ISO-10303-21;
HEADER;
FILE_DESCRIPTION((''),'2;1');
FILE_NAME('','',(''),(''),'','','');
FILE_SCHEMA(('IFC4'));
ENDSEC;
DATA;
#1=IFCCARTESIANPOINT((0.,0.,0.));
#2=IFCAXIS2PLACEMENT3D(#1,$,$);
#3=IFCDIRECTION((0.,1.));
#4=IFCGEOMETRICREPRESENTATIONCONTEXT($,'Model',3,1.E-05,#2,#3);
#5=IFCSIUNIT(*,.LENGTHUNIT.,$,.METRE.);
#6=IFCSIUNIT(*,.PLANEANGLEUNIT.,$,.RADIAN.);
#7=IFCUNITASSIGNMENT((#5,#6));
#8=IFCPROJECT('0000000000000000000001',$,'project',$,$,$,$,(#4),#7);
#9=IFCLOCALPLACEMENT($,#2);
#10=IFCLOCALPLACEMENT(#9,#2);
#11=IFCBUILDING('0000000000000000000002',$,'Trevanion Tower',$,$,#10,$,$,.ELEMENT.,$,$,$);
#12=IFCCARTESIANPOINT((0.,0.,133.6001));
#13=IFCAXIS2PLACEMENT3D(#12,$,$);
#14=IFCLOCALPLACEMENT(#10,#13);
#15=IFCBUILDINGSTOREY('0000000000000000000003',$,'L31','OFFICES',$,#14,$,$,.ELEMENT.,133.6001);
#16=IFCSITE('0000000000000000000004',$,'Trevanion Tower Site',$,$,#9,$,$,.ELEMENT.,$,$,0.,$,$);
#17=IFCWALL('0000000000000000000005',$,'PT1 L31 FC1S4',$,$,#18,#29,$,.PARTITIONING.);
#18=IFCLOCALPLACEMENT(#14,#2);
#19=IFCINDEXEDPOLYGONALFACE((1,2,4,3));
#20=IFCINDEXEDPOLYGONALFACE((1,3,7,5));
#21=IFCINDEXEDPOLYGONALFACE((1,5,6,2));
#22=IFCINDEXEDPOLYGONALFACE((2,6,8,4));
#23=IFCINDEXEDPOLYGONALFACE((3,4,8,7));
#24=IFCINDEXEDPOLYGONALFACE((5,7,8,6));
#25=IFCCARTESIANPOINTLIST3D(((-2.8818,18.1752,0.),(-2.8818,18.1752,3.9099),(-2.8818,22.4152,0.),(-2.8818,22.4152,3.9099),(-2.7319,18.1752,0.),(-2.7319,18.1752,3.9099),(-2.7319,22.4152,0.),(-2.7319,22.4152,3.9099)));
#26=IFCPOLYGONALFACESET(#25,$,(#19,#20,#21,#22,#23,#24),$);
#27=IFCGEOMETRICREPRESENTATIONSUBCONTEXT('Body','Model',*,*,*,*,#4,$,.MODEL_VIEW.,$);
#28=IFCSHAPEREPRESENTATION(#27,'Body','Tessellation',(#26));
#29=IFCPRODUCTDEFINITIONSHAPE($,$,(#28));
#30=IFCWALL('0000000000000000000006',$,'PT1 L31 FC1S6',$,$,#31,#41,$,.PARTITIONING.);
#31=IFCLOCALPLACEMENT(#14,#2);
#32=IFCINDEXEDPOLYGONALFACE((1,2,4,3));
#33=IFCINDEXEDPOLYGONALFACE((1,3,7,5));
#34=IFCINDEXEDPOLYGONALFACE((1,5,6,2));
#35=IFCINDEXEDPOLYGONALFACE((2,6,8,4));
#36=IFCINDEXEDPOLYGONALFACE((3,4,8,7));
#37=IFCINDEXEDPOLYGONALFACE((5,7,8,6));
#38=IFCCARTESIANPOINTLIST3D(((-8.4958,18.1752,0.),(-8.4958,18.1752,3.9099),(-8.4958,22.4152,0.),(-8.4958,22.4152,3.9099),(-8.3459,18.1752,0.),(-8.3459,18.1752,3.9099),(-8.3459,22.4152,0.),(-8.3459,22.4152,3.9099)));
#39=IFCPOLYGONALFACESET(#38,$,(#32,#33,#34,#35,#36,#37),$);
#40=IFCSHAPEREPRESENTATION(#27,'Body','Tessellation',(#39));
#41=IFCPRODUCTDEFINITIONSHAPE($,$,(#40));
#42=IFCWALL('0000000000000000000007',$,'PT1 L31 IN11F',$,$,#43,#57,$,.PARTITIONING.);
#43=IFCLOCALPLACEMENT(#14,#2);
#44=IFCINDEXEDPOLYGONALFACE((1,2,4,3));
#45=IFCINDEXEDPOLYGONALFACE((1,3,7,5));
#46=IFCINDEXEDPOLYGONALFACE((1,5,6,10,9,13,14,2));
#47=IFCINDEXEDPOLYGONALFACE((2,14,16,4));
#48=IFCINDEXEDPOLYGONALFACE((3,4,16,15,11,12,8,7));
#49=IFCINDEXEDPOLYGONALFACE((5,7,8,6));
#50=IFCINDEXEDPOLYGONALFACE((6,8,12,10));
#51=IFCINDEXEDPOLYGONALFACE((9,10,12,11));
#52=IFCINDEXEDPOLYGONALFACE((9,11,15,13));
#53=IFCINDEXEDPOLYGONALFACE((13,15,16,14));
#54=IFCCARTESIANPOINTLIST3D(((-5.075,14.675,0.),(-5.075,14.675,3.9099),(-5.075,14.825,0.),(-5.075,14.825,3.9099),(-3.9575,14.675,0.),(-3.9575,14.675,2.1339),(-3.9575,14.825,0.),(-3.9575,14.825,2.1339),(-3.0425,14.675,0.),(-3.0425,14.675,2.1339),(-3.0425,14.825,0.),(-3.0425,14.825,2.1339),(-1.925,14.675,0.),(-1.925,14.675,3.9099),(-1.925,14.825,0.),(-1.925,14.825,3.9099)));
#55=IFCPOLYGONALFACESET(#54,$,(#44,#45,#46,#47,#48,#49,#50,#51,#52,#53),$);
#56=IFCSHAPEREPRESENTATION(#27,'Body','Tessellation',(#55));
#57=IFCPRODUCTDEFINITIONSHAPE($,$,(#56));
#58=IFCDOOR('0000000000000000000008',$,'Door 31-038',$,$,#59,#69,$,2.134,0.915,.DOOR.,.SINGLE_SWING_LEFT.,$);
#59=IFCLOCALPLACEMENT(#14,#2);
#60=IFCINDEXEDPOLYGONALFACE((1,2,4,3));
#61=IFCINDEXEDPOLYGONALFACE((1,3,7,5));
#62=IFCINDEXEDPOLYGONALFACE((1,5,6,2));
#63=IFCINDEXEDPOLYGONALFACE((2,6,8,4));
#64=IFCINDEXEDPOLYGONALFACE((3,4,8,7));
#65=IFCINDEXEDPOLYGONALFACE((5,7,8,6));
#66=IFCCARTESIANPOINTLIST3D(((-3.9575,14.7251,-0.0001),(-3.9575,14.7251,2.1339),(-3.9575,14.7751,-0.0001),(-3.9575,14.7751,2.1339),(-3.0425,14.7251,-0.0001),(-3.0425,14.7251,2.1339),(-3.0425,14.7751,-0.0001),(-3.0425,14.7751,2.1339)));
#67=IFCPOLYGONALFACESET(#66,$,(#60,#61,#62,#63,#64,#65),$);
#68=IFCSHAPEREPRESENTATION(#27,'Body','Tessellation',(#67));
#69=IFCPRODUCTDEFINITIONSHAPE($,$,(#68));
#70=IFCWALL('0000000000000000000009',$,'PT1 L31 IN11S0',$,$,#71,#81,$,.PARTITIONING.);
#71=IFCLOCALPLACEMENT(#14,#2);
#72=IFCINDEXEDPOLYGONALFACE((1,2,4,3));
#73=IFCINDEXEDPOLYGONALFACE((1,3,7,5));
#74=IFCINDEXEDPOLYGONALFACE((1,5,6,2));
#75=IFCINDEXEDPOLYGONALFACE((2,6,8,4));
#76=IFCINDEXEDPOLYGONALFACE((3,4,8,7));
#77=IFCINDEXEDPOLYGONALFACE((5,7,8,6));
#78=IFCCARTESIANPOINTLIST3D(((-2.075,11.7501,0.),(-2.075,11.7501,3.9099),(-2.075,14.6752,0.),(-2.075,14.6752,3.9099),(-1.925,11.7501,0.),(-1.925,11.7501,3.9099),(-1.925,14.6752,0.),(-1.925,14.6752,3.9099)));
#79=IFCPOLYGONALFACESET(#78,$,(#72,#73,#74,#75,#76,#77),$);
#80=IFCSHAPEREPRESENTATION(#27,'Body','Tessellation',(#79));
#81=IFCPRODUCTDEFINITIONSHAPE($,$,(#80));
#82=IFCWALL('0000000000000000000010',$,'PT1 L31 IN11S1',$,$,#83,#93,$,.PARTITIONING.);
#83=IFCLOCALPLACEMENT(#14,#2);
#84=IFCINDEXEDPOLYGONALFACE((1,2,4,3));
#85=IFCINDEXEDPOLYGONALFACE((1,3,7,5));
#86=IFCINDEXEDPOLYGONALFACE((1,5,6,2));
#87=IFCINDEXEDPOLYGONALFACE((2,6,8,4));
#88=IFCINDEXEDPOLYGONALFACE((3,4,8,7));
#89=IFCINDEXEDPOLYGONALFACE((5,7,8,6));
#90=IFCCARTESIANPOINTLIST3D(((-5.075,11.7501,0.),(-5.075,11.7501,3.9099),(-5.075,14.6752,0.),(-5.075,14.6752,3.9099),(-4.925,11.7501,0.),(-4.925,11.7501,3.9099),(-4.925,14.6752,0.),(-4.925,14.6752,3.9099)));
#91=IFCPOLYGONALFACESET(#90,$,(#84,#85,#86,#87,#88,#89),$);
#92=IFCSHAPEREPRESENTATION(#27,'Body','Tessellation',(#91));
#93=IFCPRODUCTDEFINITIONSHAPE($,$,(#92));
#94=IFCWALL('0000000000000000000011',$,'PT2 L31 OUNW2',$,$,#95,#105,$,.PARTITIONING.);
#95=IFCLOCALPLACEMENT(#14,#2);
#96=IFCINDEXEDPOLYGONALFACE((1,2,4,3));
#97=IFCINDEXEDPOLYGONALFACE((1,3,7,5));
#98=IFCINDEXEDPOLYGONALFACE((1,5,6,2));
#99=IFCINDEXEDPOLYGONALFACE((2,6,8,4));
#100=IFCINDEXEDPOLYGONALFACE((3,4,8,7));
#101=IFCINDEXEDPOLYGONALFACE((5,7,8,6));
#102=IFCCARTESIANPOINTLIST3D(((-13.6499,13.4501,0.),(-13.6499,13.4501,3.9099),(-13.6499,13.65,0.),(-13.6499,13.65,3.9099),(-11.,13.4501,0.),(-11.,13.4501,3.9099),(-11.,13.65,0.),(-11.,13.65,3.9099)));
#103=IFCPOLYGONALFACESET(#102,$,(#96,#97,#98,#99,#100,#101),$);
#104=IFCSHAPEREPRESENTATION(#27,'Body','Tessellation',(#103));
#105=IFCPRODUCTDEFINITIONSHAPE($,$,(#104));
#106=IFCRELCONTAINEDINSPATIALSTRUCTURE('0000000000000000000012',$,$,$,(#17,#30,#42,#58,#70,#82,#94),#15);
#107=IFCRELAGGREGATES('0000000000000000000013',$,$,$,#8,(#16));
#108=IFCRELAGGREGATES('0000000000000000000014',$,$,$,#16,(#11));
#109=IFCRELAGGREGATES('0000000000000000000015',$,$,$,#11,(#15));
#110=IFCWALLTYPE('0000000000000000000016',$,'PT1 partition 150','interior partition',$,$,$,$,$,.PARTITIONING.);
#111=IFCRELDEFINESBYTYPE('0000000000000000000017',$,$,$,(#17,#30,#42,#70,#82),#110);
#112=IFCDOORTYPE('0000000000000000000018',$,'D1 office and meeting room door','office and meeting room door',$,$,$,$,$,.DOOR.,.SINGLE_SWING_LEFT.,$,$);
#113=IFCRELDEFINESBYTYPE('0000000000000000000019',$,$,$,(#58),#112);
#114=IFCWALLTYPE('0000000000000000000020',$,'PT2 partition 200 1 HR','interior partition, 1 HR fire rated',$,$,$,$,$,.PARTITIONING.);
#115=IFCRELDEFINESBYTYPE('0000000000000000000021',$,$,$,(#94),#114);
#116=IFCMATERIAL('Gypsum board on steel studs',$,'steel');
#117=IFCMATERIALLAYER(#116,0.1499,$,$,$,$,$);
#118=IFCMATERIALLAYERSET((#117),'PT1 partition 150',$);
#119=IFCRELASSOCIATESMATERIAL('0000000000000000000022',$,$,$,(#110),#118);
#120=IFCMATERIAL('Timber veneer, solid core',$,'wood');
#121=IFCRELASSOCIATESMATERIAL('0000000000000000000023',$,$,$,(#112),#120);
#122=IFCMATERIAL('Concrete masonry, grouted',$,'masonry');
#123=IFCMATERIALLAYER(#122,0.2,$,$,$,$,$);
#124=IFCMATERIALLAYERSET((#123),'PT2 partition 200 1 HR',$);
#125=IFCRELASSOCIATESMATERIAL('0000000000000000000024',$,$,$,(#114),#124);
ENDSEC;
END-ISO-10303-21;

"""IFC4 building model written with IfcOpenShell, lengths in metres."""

from ifc_helpers import new_model, si_unit, direction, frame, frame_2d, origin, place, context, subcontext, project, spatial, rectangle, extrude, material, layer, layer_set, type_object, element, fill, save


model = new_model("IFC4")

# Units and contexts
model_context = context("Model", 3, precision=1e-05, world=origin(), true_north=direction((0.0, 1.0)))
body_context = subcontext(model_context, "Body", "Model", "MODEL_VIEW")
ifc_project = project(units=[si_unit("LENGTHUNIT", "METRE"), si_unit("PLANEANGLEUNIT", "RADIAN")], contexts=[model_context])

# Site, building, storey
site_placement = place(None, origin())
site = spatial("IfcSite", under=ifc_project, at=site_placement, Name="Trevanion Tower Site", CompositionType="ELEMENT", RefElevation=0.0)
building_placement = place(site_placement, origin())
building = spatial("IfcBuilding", under=site, at=building_placement, Name="Trevanion Tower", CompositionType="ELEMENT")
storey_placement = place(building_placement, frame((0.0, 0.0, 133.6001)))
storey = spatial("IfcBuildingStorey", under=building, at=storey_placement, Name="L31", Description="OFFICES", CompositionType="ELEMENT", Elevation=133.6001)

# Walls
ifc_material_1 = material(Name="Gypsum board on steel studs", Category="steel")
ifc_layer_1 = layer(ifc_material_1, 0.1499)
ifc_layer_set_1 = layer_set([ifc_layer_1], Name="PT1 partition 150")
wall_type_1 = type_object("IfcWallType", Name="PT1 partition 150", Description="interior partition", PredefinedType="PARTITIONING", material=ifc_layer_set_1)
for number, where, z_axis, x_axis, name in (
    (1, (-2.8069, 18.175, 0.0), (0.0, 0.0, 1.0), (0.0, 1.0, 0.0), "PT1 L31 FC1S4"),
    (2, (-8.4209, 18.175, 0.0), (0.0, 0.0, 1.0), (0.0, 1.0, 0.0), "PT1 L31 FC1S6"),
):
    element("IfcWall", number, at=place(storey_placement, frame(where, z_axis=z_axis, x_axis=x_axis)), inside=storey, type_object=wall_type_1, Name=name, PredefinedType="PARTITIONING", context=body_context, shape_type="SweptSolid", body=[
        extrude(rectangle(XDim=4.24, YDim=0.1499, at=frame_2d((2.1201, 0.0))), origin(), (0.0, 0.0, 1.0), 3.9099),
    ])

# Wall, opening, door
wall_1_placement = place(storey_placement, frame((-1.925, 14.75, 0.0), z_axis=(0.0, 0.0, 1.0), x_axis=(-1.0, 0.0, 0.0)))
wall_1 = element("IfcWall", 3, at=wall_1_placement, inside=storey, type_object=wall_type_1, Name="PT1 L31 IN11F", PredefinedType="PARTITIONING", context=body_context, shape_type="SweptSolid", body=[
    extrude(rectangle(XDim=3.1499, YDim=0.1499, at=frame_2d((1.575, 0.0))), origin(), (0.0, 0.0, 1.0), 3.9099),
])
opening_placement = place(wall_1_placement, frame((1.1174, 0.0, 0.0)))
opening = element("IfcOpeningElement", 4, at=opening_placement, cuts=wall_1, PredefinedType="OPENING", context=body_context, shape_type="SweptSolid", body=[
    extrude(rectangle(XDim=0.915, YDim=2.134, at=frame_2d((0.4575, 1.0669))), frame((0.0, 0.085, 0.0), z_axis=(0.0, -1.0, 0.0), x_axis=(1.0, 0.0, 0.0)), (0.0, 0.0, 1.0), 0.1699),
])
ifc_material_2 = material(Name="Timber veneer, solid core", Category="wood")
door_type = type_object("IfcDoorType", Name="D1 office and meeting room door", Description="office and meeting room door", OperationType="SINGLE_SWING_LEFT", PredefinedType="DOOR", material=ifc_material_2)
door_placement = place(opening_placement, origin())
door = element("IfcDoor", 5, at=door_placement, inside=storey, type_object=door_type, Name="Door 31-038", OperationType="SINGLE_SWING_LEFT", OverallHeight=2.134, OverallWidth=0.915, PredefinedType="DOOR", context=body_context, shape_type="SweptSolid", body=[
    extrude(rectangle(XDim=0.915, YDim=2.134, at=frame_2d((0.4575, 1.0669))), frame((0.0, 0.0249, 0.0), z_axis=(0.0, -1.0, 0.0), x_axis=(1.0, 0.0, 0.0)), (0.0, 0.0, 1.0), 0.05),
])
fill(opening, door)

# Walls
for number, where, z_axis, x_axis, name in (
    (6, (-2.0, 14.675, 0.0), (0.0, 0.0, 1.0), (0.0, -1.0, 0.0), "PT1 L31 IN11S0"),
    (7, (-5.0, 14.675, 0.0), (0.0, 0.0, 1.0), (0.0, -1.0, 0.0), "PT1 L31 IN11S1"),
):
    element("IfcWall", number, at=place(storey_placement, frame(where, z_axis=z_axis, x_axis=x_axis)), inside=storey, type_object=wall_type_1, Name=name, PredefinedType="PARTITIONING", context=body_context, shape_type="SweptSolid", body=[
        extrude(rectangle(XDim=2.925, YDim=0.1499, at=frame_2d((1.4624, 0.0))), origin(), (0.0, 0.0, 1.0), 3.9099),
    ])
ifc_material_3 = material(Name="Concrete masonry, grouted", Category="masonry")
ifc_layer_2 = layer(ifc_material_3, 0.2)
ifc_layer_set_2 = layer_set([ifc_layer_2], Name="PT2 partition 200 1 HR")
wall_type_2 = type_object("IfcWallType", Name="PT2 partition 200 1 HR", Description="interior partition, 1 HR fire rated", PredefinedType="PARTITIONING", material=ifc_layer_set_2)
wall_2_placement = place(storey_placement, frame((-11.0, 13.55, 0.0), z_axis=(0.0, 0.0, 1.0), x_axis=(-1.0, 0.0, 0.0)))
element("IfcWall", 8, at=wall_2_placement, inside=storey, type_object=wall_type_2, Name="PT2 L31 OUNW2", PredefinedType="PARTITIONING", context=body_context, shape_type="SweptSolid", body=[
    extrude(rectangle(XDim=2.6499, YDim=0.2, at=frame_2d((1.325, 0.0))), origin(), (0.0, 0.0, 1.0), 3.9099),
])

save(model, "model.ifc")
